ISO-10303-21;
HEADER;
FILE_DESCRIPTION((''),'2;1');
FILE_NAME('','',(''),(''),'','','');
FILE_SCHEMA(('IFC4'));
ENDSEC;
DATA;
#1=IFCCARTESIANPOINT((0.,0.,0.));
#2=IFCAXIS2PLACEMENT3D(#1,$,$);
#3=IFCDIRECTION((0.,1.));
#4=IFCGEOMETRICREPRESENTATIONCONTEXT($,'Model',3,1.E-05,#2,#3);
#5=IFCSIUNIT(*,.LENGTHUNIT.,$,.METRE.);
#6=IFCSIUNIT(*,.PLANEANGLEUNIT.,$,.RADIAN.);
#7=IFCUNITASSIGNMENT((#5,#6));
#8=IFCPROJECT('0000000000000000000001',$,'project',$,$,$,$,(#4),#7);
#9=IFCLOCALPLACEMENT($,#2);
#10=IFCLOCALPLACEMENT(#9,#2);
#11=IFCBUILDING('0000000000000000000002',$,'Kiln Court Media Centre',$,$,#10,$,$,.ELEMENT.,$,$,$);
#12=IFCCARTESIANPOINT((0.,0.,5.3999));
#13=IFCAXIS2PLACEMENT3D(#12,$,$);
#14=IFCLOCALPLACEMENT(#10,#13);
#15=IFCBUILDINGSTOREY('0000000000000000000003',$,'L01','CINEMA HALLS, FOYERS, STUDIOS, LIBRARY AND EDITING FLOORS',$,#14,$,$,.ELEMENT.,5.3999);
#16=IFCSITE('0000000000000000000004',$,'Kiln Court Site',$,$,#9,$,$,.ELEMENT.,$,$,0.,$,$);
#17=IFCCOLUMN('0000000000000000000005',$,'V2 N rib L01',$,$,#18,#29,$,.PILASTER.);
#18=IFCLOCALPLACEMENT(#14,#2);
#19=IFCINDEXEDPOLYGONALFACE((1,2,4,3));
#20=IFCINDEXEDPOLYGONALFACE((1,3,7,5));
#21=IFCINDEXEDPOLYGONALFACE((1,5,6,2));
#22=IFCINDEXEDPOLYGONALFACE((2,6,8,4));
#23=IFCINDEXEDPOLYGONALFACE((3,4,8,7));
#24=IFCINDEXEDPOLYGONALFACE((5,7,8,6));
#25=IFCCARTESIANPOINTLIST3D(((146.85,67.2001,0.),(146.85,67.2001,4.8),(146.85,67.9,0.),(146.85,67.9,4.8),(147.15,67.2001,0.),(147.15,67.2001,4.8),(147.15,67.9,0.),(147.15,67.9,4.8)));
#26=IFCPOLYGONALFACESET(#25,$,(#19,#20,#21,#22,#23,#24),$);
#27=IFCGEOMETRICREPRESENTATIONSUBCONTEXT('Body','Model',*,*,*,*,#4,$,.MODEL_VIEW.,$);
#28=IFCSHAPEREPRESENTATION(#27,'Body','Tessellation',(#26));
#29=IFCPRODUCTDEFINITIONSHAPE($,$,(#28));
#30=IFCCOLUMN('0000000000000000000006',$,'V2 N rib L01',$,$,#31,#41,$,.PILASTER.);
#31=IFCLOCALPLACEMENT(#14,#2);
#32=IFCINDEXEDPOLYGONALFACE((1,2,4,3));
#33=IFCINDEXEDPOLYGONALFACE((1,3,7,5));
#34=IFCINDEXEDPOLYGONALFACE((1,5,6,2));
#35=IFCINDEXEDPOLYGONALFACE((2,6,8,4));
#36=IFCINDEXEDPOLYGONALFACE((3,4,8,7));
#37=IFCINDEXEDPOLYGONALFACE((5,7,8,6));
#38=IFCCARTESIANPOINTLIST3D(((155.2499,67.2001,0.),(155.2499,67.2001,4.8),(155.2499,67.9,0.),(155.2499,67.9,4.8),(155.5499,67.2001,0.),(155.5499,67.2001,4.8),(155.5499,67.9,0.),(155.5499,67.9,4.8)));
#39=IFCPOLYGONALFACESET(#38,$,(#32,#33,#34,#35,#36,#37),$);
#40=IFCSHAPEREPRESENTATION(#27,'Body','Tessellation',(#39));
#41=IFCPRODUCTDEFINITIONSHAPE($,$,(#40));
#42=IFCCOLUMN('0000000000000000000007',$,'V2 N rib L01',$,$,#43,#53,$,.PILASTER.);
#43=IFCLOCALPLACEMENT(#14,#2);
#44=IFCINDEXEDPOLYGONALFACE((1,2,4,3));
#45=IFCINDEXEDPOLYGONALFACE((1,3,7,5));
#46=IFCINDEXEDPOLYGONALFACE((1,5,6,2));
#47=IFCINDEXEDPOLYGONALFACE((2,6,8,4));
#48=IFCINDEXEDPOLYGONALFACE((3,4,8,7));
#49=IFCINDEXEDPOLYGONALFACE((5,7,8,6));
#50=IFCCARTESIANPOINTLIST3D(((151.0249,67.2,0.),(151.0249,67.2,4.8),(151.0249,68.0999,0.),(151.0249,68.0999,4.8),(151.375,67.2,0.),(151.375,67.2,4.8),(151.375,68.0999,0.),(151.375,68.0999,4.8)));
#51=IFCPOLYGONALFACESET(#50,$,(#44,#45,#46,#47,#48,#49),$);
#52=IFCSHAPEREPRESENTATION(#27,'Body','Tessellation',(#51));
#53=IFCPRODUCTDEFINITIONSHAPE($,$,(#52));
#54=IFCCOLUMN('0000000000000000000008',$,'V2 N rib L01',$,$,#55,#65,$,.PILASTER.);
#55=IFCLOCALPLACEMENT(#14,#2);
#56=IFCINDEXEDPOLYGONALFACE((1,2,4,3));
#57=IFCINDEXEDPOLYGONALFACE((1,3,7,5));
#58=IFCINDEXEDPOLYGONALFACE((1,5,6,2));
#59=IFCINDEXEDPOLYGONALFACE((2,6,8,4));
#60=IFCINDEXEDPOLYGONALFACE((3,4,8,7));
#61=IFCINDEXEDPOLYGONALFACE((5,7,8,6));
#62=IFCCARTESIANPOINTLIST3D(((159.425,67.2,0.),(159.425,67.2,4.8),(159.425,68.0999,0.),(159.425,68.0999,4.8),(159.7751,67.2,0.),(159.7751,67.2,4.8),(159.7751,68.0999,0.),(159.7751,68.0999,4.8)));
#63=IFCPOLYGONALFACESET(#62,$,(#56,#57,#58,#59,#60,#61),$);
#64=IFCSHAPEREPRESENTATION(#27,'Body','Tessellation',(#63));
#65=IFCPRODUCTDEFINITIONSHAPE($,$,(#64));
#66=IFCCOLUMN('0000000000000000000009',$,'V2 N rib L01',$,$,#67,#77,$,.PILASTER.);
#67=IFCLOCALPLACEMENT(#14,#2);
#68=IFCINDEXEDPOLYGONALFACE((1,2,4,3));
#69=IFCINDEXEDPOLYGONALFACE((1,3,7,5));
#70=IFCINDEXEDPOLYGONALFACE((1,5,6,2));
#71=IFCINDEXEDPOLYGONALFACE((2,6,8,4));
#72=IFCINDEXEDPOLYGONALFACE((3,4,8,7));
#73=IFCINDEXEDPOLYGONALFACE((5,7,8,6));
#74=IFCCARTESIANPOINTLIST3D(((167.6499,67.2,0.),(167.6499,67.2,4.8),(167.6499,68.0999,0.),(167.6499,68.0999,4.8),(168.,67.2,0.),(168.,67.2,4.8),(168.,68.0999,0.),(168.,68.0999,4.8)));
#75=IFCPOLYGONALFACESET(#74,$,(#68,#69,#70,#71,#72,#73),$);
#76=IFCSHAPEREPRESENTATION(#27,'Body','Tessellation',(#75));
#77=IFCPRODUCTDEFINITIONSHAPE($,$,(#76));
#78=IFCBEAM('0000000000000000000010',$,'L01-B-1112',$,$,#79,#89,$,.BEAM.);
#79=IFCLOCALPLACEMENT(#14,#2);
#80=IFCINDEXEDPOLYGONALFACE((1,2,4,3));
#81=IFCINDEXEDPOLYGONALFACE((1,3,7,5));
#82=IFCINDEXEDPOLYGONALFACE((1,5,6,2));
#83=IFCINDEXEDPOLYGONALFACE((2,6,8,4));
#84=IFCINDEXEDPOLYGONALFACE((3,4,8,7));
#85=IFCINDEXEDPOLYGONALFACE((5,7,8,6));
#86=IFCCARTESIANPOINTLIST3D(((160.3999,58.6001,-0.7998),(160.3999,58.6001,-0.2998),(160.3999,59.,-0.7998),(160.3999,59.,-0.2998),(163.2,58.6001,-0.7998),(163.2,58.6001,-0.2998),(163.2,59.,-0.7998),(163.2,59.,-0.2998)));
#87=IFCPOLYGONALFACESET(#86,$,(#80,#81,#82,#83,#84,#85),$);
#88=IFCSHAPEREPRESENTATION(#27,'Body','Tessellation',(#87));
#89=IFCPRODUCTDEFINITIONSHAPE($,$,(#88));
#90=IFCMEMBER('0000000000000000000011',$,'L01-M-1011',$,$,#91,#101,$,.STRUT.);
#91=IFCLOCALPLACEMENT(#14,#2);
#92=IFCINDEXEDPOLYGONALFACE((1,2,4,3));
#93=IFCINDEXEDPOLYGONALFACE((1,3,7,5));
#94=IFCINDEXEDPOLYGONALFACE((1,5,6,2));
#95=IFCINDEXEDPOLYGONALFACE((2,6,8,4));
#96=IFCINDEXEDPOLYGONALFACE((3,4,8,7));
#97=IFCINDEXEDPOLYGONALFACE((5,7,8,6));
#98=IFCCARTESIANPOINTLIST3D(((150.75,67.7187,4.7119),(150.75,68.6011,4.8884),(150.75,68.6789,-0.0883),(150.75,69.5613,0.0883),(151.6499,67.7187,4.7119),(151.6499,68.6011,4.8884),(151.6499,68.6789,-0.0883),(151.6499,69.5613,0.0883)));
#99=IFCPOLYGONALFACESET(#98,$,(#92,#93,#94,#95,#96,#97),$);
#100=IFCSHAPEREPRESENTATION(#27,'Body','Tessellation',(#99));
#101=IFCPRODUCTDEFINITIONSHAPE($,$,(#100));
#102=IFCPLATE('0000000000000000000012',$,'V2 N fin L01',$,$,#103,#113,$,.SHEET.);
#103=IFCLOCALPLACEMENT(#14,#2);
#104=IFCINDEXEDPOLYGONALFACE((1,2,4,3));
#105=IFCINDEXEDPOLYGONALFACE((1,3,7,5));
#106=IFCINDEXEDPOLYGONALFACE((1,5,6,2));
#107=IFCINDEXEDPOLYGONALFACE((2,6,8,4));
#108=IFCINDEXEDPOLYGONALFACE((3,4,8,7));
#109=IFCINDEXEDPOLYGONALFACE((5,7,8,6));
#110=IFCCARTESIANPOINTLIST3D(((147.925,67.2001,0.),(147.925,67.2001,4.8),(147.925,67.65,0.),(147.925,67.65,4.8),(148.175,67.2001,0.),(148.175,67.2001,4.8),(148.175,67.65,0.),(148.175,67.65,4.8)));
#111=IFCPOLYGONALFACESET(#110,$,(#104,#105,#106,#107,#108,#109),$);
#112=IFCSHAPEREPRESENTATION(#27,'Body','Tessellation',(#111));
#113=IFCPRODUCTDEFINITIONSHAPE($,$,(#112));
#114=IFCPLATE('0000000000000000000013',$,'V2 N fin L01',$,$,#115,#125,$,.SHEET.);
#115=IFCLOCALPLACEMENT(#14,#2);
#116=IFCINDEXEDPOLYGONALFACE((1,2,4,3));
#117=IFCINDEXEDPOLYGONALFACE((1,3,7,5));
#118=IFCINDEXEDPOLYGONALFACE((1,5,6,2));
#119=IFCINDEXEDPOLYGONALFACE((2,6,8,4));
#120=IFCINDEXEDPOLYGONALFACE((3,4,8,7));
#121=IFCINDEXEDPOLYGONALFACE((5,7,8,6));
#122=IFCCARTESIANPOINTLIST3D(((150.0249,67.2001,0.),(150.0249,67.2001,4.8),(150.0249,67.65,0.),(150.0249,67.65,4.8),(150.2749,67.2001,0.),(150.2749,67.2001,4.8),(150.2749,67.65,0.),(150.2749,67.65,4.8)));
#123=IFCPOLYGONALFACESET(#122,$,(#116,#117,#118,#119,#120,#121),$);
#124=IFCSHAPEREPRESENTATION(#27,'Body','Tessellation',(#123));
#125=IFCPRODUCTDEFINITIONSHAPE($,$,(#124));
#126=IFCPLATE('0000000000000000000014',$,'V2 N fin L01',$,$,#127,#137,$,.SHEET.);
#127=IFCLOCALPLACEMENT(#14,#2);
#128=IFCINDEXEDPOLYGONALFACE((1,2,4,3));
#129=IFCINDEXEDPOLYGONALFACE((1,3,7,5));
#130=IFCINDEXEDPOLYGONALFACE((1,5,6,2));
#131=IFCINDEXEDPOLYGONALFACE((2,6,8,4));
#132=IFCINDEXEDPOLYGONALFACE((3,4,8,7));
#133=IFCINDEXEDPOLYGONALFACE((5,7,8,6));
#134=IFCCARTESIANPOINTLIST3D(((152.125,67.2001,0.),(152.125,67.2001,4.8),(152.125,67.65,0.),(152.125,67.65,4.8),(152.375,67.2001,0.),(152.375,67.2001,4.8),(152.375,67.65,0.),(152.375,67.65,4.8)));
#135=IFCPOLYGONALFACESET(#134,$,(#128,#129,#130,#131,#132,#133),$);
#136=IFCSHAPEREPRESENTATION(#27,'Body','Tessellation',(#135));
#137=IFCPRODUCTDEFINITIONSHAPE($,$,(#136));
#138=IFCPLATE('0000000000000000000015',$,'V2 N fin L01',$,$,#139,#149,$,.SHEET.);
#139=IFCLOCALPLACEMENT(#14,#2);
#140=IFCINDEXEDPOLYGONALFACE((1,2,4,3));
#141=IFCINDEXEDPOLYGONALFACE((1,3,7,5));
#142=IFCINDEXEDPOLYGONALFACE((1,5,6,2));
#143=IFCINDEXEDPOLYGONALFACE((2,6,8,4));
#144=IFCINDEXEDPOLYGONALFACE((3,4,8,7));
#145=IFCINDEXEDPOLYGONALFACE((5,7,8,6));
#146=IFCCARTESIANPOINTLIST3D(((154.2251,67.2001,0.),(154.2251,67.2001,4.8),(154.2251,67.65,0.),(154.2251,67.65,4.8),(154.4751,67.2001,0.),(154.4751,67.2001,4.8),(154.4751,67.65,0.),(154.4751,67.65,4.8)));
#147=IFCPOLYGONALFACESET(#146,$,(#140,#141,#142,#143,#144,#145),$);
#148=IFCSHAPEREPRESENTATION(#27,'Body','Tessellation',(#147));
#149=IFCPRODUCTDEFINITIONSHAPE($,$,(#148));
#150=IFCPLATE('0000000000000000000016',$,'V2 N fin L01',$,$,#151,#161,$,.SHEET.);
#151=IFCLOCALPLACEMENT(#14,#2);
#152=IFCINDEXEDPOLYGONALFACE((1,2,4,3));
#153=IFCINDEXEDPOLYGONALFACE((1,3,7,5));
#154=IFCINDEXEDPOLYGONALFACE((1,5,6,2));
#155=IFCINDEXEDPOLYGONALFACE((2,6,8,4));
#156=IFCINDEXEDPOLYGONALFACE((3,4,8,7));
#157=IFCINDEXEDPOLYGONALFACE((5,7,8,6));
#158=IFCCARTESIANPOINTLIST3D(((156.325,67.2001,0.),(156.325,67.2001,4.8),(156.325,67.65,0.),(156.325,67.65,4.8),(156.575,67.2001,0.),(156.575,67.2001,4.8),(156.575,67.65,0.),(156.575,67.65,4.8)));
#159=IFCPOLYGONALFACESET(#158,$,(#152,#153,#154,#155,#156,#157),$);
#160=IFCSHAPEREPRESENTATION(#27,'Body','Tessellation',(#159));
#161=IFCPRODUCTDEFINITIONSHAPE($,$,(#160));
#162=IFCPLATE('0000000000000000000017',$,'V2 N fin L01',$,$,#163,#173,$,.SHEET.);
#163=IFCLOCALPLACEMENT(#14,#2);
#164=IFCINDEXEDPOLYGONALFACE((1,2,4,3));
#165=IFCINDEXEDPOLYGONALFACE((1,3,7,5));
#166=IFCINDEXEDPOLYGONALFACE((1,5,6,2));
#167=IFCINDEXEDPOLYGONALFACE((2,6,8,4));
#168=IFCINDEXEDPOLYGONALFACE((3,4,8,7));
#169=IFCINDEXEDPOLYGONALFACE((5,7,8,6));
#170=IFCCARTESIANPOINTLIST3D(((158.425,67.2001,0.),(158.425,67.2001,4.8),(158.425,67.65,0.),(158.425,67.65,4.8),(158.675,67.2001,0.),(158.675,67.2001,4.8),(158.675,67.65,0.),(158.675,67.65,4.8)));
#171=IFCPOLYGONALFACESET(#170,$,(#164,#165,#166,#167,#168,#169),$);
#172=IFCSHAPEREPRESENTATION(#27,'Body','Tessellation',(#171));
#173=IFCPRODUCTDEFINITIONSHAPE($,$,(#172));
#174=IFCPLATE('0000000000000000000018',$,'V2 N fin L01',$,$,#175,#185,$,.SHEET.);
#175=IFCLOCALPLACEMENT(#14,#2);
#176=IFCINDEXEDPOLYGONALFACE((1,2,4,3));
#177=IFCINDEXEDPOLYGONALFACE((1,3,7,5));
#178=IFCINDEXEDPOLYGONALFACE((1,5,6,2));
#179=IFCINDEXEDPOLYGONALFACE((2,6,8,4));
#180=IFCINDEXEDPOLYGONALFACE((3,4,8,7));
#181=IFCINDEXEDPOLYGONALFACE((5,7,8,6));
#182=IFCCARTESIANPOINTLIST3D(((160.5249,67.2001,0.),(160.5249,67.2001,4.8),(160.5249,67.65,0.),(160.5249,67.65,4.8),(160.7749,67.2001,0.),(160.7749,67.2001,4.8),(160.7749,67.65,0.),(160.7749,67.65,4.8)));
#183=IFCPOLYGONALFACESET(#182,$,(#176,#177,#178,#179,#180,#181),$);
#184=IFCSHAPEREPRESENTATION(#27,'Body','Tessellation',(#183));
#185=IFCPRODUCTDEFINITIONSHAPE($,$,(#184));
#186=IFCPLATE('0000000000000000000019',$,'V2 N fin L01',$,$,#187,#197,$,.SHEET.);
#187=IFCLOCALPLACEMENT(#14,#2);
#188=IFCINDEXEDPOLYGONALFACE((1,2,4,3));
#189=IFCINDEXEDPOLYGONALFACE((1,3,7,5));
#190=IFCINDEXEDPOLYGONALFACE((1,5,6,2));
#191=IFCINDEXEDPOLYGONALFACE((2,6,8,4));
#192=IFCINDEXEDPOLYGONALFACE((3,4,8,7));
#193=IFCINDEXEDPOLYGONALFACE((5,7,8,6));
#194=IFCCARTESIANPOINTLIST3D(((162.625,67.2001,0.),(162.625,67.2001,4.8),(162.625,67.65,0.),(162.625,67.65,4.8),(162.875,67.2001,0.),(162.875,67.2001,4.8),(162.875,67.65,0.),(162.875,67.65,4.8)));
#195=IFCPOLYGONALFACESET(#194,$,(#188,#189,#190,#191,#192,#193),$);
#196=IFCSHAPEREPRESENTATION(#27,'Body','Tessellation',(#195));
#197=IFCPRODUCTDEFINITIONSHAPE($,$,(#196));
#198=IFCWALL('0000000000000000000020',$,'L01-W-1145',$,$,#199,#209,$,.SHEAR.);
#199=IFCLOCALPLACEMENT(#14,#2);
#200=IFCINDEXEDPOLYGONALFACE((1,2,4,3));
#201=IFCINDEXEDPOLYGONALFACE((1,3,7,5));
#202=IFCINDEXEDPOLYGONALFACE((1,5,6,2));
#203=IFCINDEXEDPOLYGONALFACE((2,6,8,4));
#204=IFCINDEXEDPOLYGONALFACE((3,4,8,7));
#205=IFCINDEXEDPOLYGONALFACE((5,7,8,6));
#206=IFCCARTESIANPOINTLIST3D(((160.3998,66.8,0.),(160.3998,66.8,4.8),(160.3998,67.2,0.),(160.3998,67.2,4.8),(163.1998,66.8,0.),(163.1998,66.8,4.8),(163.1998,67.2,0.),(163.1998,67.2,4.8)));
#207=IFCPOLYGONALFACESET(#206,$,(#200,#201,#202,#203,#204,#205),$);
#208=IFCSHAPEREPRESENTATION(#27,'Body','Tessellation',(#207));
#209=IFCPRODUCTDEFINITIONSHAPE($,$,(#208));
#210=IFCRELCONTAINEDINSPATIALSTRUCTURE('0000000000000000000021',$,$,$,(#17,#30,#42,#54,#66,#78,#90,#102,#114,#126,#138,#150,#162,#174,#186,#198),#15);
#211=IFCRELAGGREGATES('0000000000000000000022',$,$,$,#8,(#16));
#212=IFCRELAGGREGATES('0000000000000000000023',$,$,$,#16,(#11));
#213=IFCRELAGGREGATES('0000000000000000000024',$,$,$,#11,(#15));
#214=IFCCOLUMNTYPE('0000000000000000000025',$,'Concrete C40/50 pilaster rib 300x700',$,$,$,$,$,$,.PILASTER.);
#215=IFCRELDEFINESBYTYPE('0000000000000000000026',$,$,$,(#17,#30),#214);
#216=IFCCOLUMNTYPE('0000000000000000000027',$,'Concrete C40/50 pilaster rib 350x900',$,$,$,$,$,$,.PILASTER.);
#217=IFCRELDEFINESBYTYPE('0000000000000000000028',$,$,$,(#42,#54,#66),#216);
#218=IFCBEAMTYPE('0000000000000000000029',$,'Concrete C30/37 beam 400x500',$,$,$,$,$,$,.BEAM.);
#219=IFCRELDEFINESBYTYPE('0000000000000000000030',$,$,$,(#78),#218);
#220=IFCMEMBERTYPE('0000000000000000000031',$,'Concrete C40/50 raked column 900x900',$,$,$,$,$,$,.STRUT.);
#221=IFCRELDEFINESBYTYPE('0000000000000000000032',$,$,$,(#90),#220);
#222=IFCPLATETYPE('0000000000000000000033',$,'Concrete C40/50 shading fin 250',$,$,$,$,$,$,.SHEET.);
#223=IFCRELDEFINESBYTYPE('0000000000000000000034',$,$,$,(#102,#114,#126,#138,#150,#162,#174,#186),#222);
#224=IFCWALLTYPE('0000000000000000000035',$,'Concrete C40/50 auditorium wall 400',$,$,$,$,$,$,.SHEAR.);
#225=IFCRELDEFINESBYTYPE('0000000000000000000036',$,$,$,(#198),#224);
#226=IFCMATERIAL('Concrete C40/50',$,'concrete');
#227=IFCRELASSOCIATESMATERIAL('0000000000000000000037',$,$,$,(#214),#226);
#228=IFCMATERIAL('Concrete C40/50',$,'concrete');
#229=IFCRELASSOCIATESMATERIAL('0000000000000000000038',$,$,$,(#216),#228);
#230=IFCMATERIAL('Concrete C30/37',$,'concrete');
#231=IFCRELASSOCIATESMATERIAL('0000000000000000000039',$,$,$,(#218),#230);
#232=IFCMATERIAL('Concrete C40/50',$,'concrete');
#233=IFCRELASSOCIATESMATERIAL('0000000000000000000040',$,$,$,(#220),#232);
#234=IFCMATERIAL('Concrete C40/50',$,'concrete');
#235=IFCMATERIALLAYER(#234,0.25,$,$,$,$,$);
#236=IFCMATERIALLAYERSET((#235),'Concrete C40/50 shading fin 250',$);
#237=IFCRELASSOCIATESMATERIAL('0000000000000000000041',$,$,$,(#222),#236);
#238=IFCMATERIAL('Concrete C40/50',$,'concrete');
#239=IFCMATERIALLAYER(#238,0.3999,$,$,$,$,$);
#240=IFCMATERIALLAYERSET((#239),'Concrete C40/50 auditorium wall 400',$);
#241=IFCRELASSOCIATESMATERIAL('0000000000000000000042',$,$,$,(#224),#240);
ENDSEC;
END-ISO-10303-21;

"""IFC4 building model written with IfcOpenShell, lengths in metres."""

from ifc_helpers import new_model, si_unit, direction, frame, frame_2d, origin, origin_2d, place, context, subcontext, project, spatial, rectangle, extrude, material, layer, layer_set, material_profile, profile_set, type_object, element, save


model = new_model("IFC4")

# Units and contexts
model_context = context("Model", 3, precision=1e-05, world=origin(), true_north=direction((0.0, 1.0)))
body_context = subcontext(model_context, "Body", "Model", "MODEL_VIEW")
ifc_project = project(units=[si_unit("LENGTHUNIT", "METRE"), si_unit("PLANEANGLEUNIT", "RADIAN")], contexts=[model_context])

# Site, building, storey
site_placement = place(None, origin())
site = spatial("IfcSite", under=ifc_project, at=site_placement, Name="Kiln Court Site", CompositionType="ELEMENT", RefElevation=0.0)
building_placement = place(site_placement, origin())
building = spatial("IfcBuilding", under=site, at=building_placement, Name="Kiln Court Media Centre", CompositionType="ELEMENT")
storey_placement = place(building_placement, frame((0.0, 0.0, 5.3999)))
storey = spatial("IfcBuildingStorey", under=building, at=storey_placement, Name="L01", Description="CINEMA HALLS, FOYERS, STUDIOS, LIBRARY AND EDITING FLOORS", CompositionType="ELEMENT", Elevation=5.3999)

# Columns
ifc_material_1 = material(Name="Concrete C40/50", Category="concrete")
ifc_material_profile_1 = material_profile(ifc_material_1, rectangle(XDim=0.3, YDim=0.7, at=origin_2d()), Name="RC 300x700")
ifc_profile_set_1 = profile_set([ifc_material_profile_1], Name="Concrete C40/50")
column_type_1 = type_object("IfcColumnType", Name="Concrete C40/50 pilaster rib 300x700", PredefinedType="PILASTER", material=ifc_profile_set_1)
for number, where, z_axis, x_axis, name in (
    (1, (147.0, 67.55, 0.0), (0.0, 0.0, 1.0), (1.0, 0.0, 0.0), "V2 N rib L01"),
    (2, (155.3999, 67.55, 0.0), (0.0, 0.0, 1.0), (1.0, 0.0, 0.0), "V2 N rib L01"),
):
    element("IfcColumn", number, at=place(storey_placement, frame(where, z_axis=z_axis, x_axis=x_axis)), inside=storey, type_object=column_type_1, Name=name, PredefinedType="PILASTER", context=body_context, shape_type="SweptSolid", body=[
        extrude(rectangle(XDim=0.3, YDim=0.7, at=origin_2d()), origin(), (0.0, 0.0, 1.0), 4.8),
    ])
ifc_material_2 = material(Name="Concrete C40/50", Category="concrete")
ifc_material_profile_2 = material_profile(ifc_material_2, rectangle(XDim=0.3501, YDim=0.8999, at=origin_2d()), Name="RC 350x900")
ifc_profile_set_2 = profile_set([ifc_material_profile_2], Name="Concrete C40/50")
column_type_2 = type_object("IfcColumnType", Name="Concrete C40/50 pilaster rib 350x900", PredefinedType="PILASTER", material=ifc_profile_set_2)
for number, where, z_axis, x_axis, name in (
    (3, (151.2, 67.6499, 0.0), (0.0, 0.0, 1.0), (1.0, 0.0, 0.0), "V2 N rib L01"),
    (4, (159.6001, 67.6499, 0.0), (0.0, 0.0, 1.0), (1.0, 0.0, 0.0), "V2 N rib L01"),
    (5, (167.825, 67.6499, 0.0), (0.0, 0.0, 1.0), (1.0, 0.0, 0.0), "V2 N rib L01"),
):
    element("IfcColumn", number, at=place(storey_placement, frame(where, z_axis=z_axis, x_axis=x_axis)), inside=storey, type_object=column_type_2, Name=name, PredefinedType="PILASTER", context=body_context, shape_type="SweptSolid", body=[
        extrude(rectangle(XDim=0.3501, YDim=0.8999, at=origin_2d()), origin(), (0.0, 0.0, 1.0), 4.8),
    ])

# Beam
ifc_material_3 = material(Name="Concrete C30/37", Category="concrete")
ifc_material_profile_3 = material_profile(ifc_material_3, rectangle(XDim=0.3999, YDim=0.5, at=origin_2d()), Name="RC 400x500")
ifc_profile_set_3 = profile_set([ifc_material_profile_3], Name="Concrete C30/37")
beam_type = type_object("IfcBeamType", Name="Concrete C30/37 beam 400x500", PredefinedType="BEAM", material=ifc_profile_set_3)
beam_placement = place(storey_placement, frame((160.3999, 58.8, -0.5498), z_axis=(1.0, 0.0, 0.0), x_axis=(0.0, 1.0, 0.0)))
element("IfcBeam", 6, at=beam_placement, inside=storey, type_object=beam_type, Name="L01-B-1112", PredefinedType="BEAM", context=body_context, shape_type="SweptSolid", body=[
    extrude(rectangle(XDim=0.3999, YDim=0.5, at=origin_2d()), origin(), (0.0, 0.0, 1.0), 2.8),
])

# Member
ifc_material_4 = material(Name="Concrete C40/50", Category="concrete")
ifc_material_profile_4 = material_profile(ifc_material_4, rectangle(XDim=0.8999, YDim=0.8999, at=origin_2d()), Name="RC 900x900")
ifc_profile_set_4 = profile_set([ifc_material_profile_4], Name="Concrete C40/50")
member_type = type_object("IfcMemberType", Name="Concrete C40/50 raked column 900x900", PredefinedType="STRUT", material=ifc_profile_set_4)
member_placement = place(storey_placement, frame((151.2, 69.1201, 0.0), z_axis=(0.0, -0.196154, 0.980573), x_axis=(1.0, 0.0, 0.0)))
element("IfcMember", 7, at=member_placement, inside=storey, type_object=member_type, Name="L01-M-1011", PredefinedType="STRUT", context=body_context, shape_type="SweptSolid", body=[
    extrude(rectangle(XDim=0.8999, YDim=0.8999, at=origin_2d()), origin(), (0.0, 0.0, 1.0), 4.8953),
])

# Plates
ifc_material_5 = material(Name="Concrete C40/50", Category="concrete")
ifc_layer_1 = layer(ifc_material_5, 0.25)
ifc_layer_set_1 = layer_set([ifc_layer_1], Name="Concrete C40/50 shading fin 250")
plate_type = type_object("IfcPlateType", Name="Concrete C40/50 shading fin 250", PredefinedType="SHEET", material=ifc_layer_set_1)
for number, where, z_axis, x_axis, name in (
    (8, (148.05, 67.425, 0.0), (0.0, 0.0, 1.0), (1.0, 0.0, 0.0), "V2 N fin L01"),
    (9, (150.1499, 67.425, 0.0), (0.0, 0.0, 1.0), (1.0, 0.0, 0.0), "V2 N fin L01"),
    (10, (152.25, 67.425, 0.0), (0.0, 0.0, 1.0), (1.0, 0.0, 0.0), "V2 N fin L01"),
    (11, (154.3501, 67.425, 0.0), (0.0, 0.0, 1.0), (1.0, 0.0, 0.0), "V2 N fin L01"),
    (12, (156.45, 67.425, 0.0), (0.0, 0.0, 1.0), (1.0, 0.0, 0.0), "V2 N fin L01"),
    (13, (158.55, 67.425, 0.0), (0.0, 0.0, 1.0), (1.0, 0.0, 0.0), "V2 N fin L01"),
    (14, (160.6499, 67.425, 0.0), (0.0, 0.0, 1.0), (1.0, 0.0, 0.0), "V2 N fin L01"),
    (15, (162.75, 67.425, 0.0), (0.0, 0.0, 1.0), (1.0, 0.0, 0.0), "V2 N fin L01"),
):
    element("IfcPlate", number, at=place(storey_placement, frame(where, z_axis=z_axis, x_axis=x_axis)), inside=storey, type_object=plate_type, Name=name, PredefinedType="SHEET", context=body_context, shape_type="SweptSolid", body=[
        extrude(rectangle(XDim=0.25, YDim=0.45, at=origin_2d()), origin(), (0.0, 0.0, 1.0), 4.8),
    ])

# Wall
ifc_material_6 = material(Name="Concrete C40/50", Category="concrete")
ifc_layer_2 = layer(ifc_material_6, 0.3999)
ifc_layer_set_2 = layer_set([ifc_layer_2], Name="Concrete C40/50 auditorium wall 400")
wall_type_1 = type_object("IfcWallType", Name="Concrete C40/50 auditorium wall 400", PredefinedType="SHEAR", material=ifc_layer_set_2)
wall_1_placement = place(storey_placement, frame((160.3999, 67.0, 0.0), z_axis=(0.0, 0.0, 1.0), x_axis=(1.0, 0.0, 0.0)))
element("IfcWall", 16, at=wall_1_placement, inside=storey, type_object=wall_type_1, Name="L01-W-1145", PredefinedType="SHEAR", context=body_context, shape_type="SweptSolid", body=[
    extrude(rectangle(XDim=2.8, YDim=0.3999, at=frame_2d((1.3999, 0.0))), origin(), (0.0, 0.0, 1.0), 4.8),
])

save(model, "model.ifc")
